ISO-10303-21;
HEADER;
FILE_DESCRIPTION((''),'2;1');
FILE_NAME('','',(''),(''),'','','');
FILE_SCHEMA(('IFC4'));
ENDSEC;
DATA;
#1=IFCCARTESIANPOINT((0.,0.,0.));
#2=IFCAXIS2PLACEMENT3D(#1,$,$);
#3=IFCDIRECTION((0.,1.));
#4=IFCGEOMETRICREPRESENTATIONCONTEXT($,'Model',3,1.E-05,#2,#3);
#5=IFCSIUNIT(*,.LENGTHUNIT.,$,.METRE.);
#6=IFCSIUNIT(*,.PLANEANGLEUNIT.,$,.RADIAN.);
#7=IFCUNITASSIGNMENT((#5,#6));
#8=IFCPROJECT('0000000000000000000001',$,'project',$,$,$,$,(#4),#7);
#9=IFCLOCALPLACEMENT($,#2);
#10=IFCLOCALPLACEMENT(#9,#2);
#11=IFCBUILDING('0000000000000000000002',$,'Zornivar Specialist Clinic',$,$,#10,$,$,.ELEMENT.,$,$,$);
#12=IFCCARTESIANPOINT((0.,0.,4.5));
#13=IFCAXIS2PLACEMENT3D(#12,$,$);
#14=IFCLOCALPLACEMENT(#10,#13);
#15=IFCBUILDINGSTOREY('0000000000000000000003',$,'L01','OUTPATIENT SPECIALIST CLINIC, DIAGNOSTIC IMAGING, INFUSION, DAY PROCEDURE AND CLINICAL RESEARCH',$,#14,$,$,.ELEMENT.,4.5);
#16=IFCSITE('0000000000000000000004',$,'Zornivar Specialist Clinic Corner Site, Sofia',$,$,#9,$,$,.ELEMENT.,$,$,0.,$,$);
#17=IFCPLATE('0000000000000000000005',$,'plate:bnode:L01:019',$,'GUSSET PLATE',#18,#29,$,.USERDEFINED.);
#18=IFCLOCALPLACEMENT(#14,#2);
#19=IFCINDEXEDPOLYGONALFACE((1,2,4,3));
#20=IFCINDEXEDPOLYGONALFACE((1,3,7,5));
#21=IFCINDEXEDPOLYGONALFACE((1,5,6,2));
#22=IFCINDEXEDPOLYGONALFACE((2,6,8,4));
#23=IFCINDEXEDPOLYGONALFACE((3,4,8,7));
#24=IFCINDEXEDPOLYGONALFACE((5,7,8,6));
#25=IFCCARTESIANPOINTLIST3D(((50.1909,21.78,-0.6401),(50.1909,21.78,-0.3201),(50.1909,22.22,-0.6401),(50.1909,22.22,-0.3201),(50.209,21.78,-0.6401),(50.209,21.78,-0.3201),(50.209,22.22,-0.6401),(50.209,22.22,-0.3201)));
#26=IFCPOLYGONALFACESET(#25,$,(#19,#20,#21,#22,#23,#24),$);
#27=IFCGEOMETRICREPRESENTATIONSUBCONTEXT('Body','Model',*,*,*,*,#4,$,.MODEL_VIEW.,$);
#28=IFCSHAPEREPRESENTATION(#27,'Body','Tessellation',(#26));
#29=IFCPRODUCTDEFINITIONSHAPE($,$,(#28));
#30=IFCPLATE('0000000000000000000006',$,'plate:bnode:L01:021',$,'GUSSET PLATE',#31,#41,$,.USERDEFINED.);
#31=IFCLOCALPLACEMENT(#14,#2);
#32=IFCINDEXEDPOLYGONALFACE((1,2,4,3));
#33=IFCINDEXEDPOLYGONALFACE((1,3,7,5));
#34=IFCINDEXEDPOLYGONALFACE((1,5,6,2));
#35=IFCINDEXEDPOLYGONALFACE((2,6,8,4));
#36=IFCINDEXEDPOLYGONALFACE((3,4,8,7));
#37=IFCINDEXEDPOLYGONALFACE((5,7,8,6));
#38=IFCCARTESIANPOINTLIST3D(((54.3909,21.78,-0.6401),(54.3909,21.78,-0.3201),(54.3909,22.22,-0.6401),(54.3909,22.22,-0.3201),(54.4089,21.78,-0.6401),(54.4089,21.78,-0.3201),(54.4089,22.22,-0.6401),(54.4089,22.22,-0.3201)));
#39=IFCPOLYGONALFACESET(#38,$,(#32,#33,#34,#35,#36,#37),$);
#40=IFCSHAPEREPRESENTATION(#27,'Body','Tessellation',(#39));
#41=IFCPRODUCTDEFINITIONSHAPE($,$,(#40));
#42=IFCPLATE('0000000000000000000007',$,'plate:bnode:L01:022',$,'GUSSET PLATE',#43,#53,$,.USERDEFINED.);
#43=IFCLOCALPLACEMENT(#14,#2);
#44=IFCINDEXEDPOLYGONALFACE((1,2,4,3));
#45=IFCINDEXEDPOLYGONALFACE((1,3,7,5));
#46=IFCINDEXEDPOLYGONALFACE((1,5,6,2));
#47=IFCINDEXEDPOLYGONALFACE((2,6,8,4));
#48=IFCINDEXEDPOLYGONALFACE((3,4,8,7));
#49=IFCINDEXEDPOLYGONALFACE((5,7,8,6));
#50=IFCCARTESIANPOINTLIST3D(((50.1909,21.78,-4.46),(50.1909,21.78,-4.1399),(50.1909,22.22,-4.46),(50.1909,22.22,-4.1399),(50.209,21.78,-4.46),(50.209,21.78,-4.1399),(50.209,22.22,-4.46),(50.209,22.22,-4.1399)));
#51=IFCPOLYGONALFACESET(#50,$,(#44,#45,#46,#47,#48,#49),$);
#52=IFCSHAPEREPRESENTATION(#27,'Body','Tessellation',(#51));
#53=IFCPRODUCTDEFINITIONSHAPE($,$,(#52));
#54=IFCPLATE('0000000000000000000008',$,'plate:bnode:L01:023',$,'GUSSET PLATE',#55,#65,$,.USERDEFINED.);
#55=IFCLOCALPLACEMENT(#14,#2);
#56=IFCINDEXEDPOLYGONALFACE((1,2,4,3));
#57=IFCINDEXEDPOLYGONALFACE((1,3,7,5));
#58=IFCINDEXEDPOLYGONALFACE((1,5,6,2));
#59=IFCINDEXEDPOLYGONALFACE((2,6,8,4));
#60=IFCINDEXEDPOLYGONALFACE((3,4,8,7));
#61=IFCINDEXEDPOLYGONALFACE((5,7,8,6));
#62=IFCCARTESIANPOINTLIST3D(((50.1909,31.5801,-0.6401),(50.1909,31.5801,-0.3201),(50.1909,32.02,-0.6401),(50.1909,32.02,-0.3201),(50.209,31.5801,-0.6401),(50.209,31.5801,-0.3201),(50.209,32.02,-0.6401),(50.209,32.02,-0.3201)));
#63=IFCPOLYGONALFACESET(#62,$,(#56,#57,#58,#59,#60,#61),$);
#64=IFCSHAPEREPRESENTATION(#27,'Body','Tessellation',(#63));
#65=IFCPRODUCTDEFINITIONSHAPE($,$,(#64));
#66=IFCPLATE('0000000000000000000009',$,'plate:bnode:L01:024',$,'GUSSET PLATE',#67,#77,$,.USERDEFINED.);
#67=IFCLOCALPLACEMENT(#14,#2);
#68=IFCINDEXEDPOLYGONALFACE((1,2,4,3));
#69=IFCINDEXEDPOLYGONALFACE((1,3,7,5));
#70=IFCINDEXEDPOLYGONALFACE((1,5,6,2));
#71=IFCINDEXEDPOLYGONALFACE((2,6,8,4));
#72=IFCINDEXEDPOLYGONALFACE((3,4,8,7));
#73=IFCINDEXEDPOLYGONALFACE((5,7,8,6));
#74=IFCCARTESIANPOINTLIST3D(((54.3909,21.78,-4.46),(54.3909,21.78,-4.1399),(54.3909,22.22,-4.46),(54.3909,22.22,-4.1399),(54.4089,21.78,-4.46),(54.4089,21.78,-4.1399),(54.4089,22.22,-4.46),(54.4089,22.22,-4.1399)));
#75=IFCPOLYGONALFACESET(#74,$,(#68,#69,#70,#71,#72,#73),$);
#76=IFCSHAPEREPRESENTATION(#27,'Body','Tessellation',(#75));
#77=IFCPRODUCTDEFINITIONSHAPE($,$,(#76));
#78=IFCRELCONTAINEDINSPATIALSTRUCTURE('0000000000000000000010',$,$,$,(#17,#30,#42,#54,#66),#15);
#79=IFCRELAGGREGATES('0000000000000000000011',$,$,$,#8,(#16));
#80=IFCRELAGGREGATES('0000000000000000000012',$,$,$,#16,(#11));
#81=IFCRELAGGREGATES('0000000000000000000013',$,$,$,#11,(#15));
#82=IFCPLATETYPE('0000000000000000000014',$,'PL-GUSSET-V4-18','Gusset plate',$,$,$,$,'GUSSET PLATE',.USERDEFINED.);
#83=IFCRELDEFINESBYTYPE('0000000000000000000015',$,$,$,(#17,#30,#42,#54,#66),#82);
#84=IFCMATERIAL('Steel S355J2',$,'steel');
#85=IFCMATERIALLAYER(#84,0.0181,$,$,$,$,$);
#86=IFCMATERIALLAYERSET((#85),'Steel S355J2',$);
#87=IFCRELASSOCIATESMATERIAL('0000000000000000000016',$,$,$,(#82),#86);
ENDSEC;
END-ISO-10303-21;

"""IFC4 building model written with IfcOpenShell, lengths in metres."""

from ifc_helpers import new_model, si_unit, direction, frame, origin, origin_2d, place, context, subcontext, project, spatial, rectangle, extrude, material, layer, layer_set, type_object, element, save


model = new_model("IFC4")

# Units and contexts
model_context = context("Model", 3, precision=1e-05, world=origin(), true_north=direction((0.0, 1.0)))
body_context = subcontext(model_context, "Body", "Model", "MODEL_VIEW")
ifc_project = project(units=[si_unit("LENGTHUNIT", "METRE"), si_unit("PLANEANGLEUNIT", "RADIAN")], contexts=[model_context])

# Site, building, storey
site_placement = place(None, origin())
site = spatial("IfcSite", under=ifc_project, at=site_placement, Name="Zornivar Specialist Clinic Corner Site, Sofia", CompositionType="ELEMENT", RefElevation=0.0)
building_placement = place(site_placement, origin())
building = spatial("IfcBuilding", under=site, at=building_placement, Name="Zornivar Specialist Clinic", CompositionType="ELEMENT")
storey_placement = place(building_placement, frame((0.0, 0.0, 4.5)))
storey = spatial("IfcBuildingStorey", under=building, at=storey_placement, Name="L01", Description="OUTPATIENT SPECIALIST CLINIC, DIAGNOSTIC IMAGING, INFUSION, DAY PROCEDURE AND CLINICAL RESEARCH", CompositionType="ELEMENT", Elevation=4.5)

# Plates
ifc_material_1 = material(Name="Steel S355J2", Category="steel")
ifc_layer_1 = layer(ifc_material_1, 0.0181)
ifc_layer_set_1 = layer_set([ifc_layer_1], Name="Steel S355J2")
plate_type_1 = type_object("IfcPlateType", Name="PL-GUSSET-V4-18", Description="Gusset plate", ElementType="GUSSET PLATE", PredefinedType="USERDEFINED", material=ifc_layer_set_1)
for number, where, z_axis, x_axis, name in (
    (1, (50.2, 22.0, -0.6401), (0.0, 0.0, 1.0), (0.0, 1.0, 0.0), "plate:bnode:L01:019"),
    (2, (54.3999, 22.0, -0.6401), (0.0, 0.0, 1.0), (0.0, 1.0, 0.0), "plate:bnode:L01:021"),
    (3, (50.2, 22.0, -4.46), (0.0, 0.0, 1.0), (0.0, 1.0, 0.0), "plate:bnode:L01:022"),
    (4, (50.2, 31.8, -0.6401), (0.0, 0.0, 1.0), (0.0, 1.0, 0.0), "plate:bnode:L01:023"),
    (5, (54.3999, 22.0, -4.46), (0.0, 0.0, 1.0), (0.0, 1.0, 0.0), "plate:bnode:L01:024"),
):
    element("IfcPlate", number, at=place(storey_placement, frame(where, z_axis=z_axis, x_axis=x_axis)), inside=storey, type_object=plate_type_1, Name=name, ObjectType="GUSSET PLATE", PredefinedType="USERDEFINED", context=body_context, shape_type="SweptSolid", body=[
        extrude(rectangle(XDim=0.4399, YDim=0.0181, at=origin_2d()), origin(), (0.0, 0.0, 1.0), 0.3201),
    ])

save(model, "model.ifc")
